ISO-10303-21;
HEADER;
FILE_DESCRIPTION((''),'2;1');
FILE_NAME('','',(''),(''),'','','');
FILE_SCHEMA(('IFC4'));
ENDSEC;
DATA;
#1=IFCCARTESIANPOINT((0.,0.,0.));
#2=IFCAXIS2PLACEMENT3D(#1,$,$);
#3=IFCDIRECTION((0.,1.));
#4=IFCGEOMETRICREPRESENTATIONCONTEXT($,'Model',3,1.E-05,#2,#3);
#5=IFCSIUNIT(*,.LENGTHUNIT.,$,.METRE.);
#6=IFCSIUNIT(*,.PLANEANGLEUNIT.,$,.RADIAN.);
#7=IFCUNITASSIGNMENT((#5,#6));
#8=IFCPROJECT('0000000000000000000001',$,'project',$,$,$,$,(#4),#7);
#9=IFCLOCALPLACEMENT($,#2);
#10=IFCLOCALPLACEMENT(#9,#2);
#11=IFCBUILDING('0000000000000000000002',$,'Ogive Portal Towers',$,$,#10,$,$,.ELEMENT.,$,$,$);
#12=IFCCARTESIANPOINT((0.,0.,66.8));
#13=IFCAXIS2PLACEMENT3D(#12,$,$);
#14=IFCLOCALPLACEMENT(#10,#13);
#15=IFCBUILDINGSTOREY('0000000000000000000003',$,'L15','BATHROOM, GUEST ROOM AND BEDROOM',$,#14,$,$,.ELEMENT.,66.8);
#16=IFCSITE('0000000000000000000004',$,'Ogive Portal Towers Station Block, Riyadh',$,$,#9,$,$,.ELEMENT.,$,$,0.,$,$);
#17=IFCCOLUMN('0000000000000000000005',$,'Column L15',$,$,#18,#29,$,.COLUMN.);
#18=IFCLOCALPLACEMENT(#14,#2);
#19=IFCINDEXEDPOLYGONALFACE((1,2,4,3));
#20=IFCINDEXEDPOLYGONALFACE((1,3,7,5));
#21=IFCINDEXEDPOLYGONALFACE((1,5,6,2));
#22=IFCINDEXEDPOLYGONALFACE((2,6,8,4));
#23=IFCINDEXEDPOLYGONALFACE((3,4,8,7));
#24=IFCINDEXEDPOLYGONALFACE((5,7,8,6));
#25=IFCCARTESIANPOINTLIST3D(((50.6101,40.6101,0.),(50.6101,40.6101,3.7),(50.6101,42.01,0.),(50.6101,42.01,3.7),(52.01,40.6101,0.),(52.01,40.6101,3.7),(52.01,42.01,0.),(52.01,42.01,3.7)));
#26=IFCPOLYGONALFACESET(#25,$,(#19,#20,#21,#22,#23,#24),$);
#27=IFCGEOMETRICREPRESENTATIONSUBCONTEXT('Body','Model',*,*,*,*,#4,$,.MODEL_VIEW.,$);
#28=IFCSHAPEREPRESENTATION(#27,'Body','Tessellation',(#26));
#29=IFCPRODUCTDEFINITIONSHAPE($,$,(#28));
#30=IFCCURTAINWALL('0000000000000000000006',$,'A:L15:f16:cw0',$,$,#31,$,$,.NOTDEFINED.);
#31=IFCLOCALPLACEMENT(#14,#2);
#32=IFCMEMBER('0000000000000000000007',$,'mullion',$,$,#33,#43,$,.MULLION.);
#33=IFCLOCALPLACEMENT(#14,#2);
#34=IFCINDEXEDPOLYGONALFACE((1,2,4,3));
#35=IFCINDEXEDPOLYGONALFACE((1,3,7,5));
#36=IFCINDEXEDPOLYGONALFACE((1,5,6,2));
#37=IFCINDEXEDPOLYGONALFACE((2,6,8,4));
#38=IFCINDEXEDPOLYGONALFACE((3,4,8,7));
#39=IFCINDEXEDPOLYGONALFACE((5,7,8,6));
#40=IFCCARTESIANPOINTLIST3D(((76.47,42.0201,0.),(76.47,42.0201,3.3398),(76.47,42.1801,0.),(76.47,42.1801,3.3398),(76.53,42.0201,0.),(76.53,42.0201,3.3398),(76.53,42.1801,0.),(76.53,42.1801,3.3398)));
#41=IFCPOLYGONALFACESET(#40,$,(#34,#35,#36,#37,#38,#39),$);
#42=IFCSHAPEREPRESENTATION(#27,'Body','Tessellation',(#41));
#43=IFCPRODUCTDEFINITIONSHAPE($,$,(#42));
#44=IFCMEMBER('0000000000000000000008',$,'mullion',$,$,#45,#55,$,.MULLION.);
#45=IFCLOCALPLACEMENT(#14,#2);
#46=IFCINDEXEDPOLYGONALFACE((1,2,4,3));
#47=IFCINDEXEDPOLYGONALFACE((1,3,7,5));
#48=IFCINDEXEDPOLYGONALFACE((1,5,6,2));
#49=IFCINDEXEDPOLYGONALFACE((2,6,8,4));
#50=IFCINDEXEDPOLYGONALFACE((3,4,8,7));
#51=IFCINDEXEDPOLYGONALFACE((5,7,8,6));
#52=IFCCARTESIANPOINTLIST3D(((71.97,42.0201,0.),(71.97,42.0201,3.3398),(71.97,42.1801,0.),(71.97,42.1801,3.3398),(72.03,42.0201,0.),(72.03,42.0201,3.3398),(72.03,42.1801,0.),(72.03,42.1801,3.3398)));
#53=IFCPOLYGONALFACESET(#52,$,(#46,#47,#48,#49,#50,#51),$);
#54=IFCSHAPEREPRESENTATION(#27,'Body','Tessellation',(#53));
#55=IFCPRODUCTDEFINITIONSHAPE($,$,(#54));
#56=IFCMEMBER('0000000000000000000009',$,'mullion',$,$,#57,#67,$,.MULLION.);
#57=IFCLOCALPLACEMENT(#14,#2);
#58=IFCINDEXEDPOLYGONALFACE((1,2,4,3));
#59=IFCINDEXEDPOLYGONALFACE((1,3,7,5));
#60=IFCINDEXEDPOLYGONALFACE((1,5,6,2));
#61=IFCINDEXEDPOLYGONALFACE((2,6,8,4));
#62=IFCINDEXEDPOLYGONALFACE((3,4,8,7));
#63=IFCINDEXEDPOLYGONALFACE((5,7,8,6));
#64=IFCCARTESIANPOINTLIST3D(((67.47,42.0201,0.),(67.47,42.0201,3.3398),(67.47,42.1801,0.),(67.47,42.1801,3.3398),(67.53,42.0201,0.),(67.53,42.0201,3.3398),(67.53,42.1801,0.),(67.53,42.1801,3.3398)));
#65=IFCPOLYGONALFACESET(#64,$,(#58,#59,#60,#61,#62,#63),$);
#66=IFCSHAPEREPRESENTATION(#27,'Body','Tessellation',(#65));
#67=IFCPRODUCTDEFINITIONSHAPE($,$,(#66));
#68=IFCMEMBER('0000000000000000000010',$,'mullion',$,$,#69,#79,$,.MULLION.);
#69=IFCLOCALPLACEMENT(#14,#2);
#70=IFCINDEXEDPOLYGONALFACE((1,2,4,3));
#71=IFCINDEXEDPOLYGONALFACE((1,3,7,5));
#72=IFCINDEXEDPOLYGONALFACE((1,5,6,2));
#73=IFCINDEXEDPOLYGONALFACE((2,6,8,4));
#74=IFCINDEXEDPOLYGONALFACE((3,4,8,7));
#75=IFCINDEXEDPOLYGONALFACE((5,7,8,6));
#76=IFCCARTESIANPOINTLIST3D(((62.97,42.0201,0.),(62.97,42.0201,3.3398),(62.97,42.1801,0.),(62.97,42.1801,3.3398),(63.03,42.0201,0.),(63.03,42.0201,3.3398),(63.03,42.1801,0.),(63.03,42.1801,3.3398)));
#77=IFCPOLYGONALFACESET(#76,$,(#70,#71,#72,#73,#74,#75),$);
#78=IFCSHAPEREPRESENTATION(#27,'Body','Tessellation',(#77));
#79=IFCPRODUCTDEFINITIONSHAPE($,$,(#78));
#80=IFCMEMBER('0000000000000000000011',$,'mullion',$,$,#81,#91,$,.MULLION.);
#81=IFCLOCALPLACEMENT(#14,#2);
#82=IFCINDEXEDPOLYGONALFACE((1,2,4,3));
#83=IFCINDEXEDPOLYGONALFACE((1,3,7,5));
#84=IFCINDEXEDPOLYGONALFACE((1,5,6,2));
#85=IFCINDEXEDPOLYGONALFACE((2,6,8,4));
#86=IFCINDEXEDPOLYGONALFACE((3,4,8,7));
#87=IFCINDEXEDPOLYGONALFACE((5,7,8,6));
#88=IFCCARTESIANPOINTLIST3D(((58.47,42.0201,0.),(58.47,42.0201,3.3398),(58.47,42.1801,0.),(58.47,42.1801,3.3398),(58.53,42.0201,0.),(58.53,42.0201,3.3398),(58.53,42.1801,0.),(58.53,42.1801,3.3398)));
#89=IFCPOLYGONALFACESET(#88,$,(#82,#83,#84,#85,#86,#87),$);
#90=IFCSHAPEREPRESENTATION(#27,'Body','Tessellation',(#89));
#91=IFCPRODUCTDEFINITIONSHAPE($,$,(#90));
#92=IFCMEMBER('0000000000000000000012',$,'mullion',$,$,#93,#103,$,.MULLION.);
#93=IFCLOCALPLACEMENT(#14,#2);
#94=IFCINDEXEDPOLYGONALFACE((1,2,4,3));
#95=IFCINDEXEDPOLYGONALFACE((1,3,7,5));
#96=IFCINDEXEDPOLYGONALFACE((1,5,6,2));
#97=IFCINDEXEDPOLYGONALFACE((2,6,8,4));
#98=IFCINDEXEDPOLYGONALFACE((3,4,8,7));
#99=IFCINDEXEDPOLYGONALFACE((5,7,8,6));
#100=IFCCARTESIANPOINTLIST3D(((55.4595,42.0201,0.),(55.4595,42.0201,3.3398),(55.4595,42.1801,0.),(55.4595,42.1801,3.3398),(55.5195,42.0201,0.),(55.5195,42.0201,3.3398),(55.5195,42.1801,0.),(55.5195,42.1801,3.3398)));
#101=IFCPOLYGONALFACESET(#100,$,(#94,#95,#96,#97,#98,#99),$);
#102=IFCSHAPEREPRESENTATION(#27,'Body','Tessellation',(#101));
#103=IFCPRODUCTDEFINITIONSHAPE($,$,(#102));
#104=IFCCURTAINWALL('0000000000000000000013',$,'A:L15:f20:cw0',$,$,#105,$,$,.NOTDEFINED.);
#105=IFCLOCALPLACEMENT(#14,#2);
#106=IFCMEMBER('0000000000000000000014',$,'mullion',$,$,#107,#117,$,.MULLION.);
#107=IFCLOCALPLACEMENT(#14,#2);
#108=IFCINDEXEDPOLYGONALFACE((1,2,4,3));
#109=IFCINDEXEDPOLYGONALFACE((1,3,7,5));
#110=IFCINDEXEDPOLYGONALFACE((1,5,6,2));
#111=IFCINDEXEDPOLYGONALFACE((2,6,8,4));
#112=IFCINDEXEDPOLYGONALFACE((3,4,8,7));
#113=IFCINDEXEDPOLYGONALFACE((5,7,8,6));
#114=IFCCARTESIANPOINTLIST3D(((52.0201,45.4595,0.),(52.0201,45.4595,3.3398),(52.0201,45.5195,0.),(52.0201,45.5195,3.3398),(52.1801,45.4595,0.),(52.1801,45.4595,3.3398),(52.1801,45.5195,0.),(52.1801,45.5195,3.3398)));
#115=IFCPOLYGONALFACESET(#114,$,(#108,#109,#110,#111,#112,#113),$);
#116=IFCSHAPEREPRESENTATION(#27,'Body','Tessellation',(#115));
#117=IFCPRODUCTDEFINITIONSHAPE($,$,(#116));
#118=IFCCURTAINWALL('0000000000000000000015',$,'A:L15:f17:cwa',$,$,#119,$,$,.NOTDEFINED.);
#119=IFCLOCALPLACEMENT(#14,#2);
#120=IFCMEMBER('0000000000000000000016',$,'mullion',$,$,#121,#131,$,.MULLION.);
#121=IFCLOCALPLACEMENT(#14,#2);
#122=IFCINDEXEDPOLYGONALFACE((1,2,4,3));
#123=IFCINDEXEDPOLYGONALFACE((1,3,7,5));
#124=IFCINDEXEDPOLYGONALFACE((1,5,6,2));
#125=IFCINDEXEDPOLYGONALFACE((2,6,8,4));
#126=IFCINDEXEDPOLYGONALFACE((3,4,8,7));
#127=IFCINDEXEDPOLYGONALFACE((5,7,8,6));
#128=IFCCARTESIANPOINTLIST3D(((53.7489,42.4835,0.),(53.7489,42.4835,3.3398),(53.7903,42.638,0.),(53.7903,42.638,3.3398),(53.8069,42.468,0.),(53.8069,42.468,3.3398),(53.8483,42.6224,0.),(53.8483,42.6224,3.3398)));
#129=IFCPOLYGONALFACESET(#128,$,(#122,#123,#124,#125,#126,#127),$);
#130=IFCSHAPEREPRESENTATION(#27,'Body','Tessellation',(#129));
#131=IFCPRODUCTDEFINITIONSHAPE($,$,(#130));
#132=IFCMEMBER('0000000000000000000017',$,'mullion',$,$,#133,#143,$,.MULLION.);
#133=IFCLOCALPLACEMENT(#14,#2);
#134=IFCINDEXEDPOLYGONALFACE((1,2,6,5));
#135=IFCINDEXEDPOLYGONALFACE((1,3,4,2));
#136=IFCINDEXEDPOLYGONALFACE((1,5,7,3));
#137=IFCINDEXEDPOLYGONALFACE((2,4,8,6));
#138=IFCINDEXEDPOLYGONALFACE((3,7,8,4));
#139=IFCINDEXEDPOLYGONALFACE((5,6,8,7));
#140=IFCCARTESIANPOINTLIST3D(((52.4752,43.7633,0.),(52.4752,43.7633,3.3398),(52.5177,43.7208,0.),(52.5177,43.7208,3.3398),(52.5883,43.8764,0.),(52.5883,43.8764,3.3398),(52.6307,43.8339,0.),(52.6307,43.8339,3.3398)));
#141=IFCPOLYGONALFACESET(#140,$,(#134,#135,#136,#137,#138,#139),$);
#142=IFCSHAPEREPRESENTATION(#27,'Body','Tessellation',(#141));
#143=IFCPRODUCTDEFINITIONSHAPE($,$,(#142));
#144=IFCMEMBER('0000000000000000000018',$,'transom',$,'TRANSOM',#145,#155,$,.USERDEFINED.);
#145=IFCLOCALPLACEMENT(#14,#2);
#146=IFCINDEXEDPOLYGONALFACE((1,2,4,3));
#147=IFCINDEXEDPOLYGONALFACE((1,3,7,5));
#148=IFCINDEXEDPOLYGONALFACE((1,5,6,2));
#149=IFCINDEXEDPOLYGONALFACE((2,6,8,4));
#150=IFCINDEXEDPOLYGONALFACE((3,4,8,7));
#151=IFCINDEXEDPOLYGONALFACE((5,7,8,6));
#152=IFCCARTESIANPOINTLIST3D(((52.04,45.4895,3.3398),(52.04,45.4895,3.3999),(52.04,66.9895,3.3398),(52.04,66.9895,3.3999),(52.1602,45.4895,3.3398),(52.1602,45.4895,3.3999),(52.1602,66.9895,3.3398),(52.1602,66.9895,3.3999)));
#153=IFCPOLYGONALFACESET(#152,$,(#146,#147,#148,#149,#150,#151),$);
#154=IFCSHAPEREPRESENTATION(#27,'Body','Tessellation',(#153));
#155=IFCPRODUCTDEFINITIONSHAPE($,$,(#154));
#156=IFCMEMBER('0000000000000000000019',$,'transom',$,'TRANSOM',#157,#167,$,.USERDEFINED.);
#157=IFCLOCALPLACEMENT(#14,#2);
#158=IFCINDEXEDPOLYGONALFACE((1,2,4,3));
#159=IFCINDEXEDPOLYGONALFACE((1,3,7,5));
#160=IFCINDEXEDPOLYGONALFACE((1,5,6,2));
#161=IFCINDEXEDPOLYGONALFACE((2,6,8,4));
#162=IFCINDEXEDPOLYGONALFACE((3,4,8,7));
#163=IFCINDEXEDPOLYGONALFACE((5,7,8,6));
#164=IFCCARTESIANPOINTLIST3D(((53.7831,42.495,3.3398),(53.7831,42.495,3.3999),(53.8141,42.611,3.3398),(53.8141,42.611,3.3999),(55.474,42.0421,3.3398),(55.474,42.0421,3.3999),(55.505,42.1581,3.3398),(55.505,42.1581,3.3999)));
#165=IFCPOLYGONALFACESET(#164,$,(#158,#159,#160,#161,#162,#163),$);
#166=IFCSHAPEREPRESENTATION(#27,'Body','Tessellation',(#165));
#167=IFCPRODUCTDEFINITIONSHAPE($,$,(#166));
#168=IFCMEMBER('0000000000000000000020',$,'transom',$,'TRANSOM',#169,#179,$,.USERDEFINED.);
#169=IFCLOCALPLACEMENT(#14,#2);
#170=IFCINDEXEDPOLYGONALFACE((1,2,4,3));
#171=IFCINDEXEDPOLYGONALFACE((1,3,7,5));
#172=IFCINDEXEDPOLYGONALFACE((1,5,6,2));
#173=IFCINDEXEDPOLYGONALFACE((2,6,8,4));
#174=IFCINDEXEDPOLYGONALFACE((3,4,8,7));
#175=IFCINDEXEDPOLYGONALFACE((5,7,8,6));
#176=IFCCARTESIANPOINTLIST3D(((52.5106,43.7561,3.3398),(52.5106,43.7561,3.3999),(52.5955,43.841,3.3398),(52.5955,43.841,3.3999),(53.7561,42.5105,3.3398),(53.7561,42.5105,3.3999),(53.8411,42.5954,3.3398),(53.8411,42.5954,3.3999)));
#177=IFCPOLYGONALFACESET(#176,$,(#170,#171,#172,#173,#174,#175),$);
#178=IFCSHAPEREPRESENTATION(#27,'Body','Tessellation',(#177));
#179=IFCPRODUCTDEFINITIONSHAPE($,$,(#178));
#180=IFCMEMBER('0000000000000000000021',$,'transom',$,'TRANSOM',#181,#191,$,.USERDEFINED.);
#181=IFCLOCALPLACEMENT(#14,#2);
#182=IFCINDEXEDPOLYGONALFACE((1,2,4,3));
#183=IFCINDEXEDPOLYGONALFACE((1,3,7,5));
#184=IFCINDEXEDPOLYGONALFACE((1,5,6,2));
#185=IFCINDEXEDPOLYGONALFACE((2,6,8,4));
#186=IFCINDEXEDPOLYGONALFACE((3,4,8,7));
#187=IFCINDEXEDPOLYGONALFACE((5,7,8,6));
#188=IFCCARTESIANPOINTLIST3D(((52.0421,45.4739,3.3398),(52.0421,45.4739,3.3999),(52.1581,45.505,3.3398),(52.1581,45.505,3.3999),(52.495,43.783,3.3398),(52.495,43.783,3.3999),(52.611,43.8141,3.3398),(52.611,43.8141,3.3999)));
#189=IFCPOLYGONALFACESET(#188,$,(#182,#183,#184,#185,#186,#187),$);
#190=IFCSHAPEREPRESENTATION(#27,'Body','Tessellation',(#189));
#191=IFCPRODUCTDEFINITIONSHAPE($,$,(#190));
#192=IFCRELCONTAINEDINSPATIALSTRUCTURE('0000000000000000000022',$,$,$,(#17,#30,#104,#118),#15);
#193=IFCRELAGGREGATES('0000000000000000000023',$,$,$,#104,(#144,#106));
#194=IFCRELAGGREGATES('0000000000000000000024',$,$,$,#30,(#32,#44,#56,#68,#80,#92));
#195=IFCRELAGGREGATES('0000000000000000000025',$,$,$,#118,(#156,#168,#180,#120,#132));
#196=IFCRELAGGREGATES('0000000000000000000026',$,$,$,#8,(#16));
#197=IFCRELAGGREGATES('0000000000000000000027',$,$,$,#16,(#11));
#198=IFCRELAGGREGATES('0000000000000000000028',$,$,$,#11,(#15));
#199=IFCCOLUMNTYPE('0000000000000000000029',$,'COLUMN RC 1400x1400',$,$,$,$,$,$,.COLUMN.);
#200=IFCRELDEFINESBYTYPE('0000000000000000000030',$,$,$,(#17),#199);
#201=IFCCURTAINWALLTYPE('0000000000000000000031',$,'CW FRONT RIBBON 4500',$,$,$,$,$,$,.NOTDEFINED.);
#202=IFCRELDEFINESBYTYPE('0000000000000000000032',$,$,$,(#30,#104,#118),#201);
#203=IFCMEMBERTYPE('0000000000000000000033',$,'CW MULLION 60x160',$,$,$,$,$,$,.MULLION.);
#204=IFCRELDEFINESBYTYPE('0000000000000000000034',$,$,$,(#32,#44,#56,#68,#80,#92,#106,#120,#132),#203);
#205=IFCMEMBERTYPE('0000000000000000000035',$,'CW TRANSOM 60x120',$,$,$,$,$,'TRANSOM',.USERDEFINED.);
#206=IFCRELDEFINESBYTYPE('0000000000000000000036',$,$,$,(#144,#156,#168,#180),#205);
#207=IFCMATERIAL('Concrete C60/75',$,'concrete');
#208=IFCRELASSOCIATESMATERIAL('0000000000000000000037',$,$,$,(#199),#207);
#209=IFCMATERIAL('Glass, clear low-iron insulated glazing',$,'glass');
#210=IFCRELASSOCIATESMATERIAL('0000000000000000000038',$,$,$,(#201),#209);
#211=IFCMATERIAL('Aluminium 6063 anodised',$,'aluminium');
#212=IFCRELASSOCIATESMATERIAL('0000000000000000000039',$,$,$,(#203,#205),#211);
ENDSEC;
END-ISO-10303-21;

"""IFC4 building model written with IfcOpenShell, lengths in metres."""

from ifc_helpers import new_model, si_unit, direction, frame, origin, origin_2d, place, context, subcontext, project, spatial, rectangle, extrude, material, material_profile, profile_set, type_object, element, aggregate, save


model = new_model("IFC4")

# Units and contexts
model_context = context("Model", 3, precision=1e-05, world=origin(), true_north=direction((0.0, 1.0)))
body_context = subcontext(model_context, "Body", "Model", "MODEL_VIEW")
ifc_project = project(units=[si_unit("LENGTHUNIT", "METRE"), si_unit("PLANEANGLEUNIT", "RADIAN")], contexts=[model_context])

# Site, building, storey
site_placement = place(None, origin())
site = spatial("IfcSite", under=ifc_project, at=site_placement, Name="Ogive Portal Towers Station Block, Riyadh", CompositionType="ELEMENT", RefElevation=0.0)
building_placement = place(site_placement, origin())
building = spatial("IfcBuilding", under=site, at=building_placement, Name="Ogive Portal Towers", CompositionType="ELEMENT")
storey_placement = place(building_placement, frame((0.0, 0.0, 66.8)))
storey = spatial("IfcBuildingStorey", under=building, at=storey_placement, Name="L15", Description="BATHROOM, GUEST ROOM AND BEDROOM", CompositionType="ELEMENT", Elevation=66.8)

# Column
ifc_material_1 = material(Name="Concrete C60/75", Category="concrete")
ifc_material_profile_1 = material_profile(ifc_material_1, rectangle(XDim=1.3999, YDim=1.3999, at=origin_2d()), Name="RC 1400x1400")
ifc_profile_set_1 = profile_set([ifc_material_profile_1], Name="Concrete C60/75")
column_type = type_object("IfcColumnType", Name="COLUMN RC 1400x1400", PredefinedType="COLUMN", material=ifc_profile_set_1)
column_placement = place(storey_placement, frame((51.3101, 41.3101, 0.0), z_axis=(0.0, 0.0, 1.0), x_axis=(1.0, 0.0, 0.0)))
element("IfcColumn", 1, at=column_placement, inside=storey, type_object=column_type, Name="Column L15", PredefinedType="COLUMN", context=body_context, shape_type="SweptSolid", body=[
    extrude(rectangle(XDim=1.3999, YDim=1.3999, at=origin_2d()), origin(), (0.0, 0.0, 1.0), 3.7),
])

# Curtain wall, members
ifc_material_2 = material(Name="Glass, clear low-iron insulated glazing", Category="glass")
curtain_wall_type = type_object("IfcCurtainWallType", Name="CW FRONT RIBBON 4500", PredefinedType="NOTDEFINED", material=ifc_material_2)
curtain_wall_1_placement = place(storey_placement, origin())
curtain_wall_1 = element("IfcCurtainWall", 2, at=curtain_wall_1_placement, inside=storey, type_object=curtain_wall_type, Name="A:L15:f16:cw0", PredefinedType="NOTDEFINED")
ifc_material_3 = material(Name="Aluminium 6063 anodised", Category="aluminium")
ifc_material_profile_2 = material_profile(ifc_material_3, rectangle(XDim=0.1599, YDim=0.0601, at=origin_2d()), Name="AL 60x160")
ifc_profile_set_2 = profile_set([ifc_material_profile_2], Name="Aluminium 6063 anodised")
member_type_1 = type_object("IfcMemberType", Name="CW MULLION 60x160", PredefinedType="MULLION", material=ifc_profile_set_2)
member_1_placement = place(storey_placement, frame((76.5, 42.1001, 0.0), z_axis=(0.0, 0.0, 1.0), x_axis=(0.0, -1.0, 0.0)))
member_1 = element("IfcMember", 3, at=member_1_placement, type_object=member_type_1, Name="mullion", PredefinedType="MULLION", context=body_context, shape_type="SweptSolid", body=[
    extrude(rectangle(XDim=0.1599, YDim=0.0601, at=origin_2d()), origin(), (0.0, 0.0, 1.0), 3.3398),
])
member_2_placement = place(storey_placement, frame((72.0, 42.1001, 0.0), z_axis=(0.0, 0.0, 1.0), x_axis=(0.0, -1.0, 0.0)))
member_2 = element("IfcMember", 4, at=member_2_placement, type_object=member_type_1, Name="mullion", PredefinedType="MULLION", context=body_context, shape_type="SweptSolid", body=[
    extrude(rectangle(XDim=0.1599, YDim=0.0601, at=origin_2d()), origin(), (0.0, 0.0, 1.0), 3.3398),
])
member_3_placement = place(storey_placement, frame((67.5, 42.1001, 0.0), z_axis=(0.0, 0.0, 1.0), x_axis=(0.0, -1.0, 0.0)))
member_3 = element("IfcMember", 5, at=member_3_placement, type_object=member_type_1, Name="mullion", PredefinedType="MULLION", context=body_context, shape_type="SweptSolid", body=[
    extrude(rectangle(XDim=0.1599, YDim=0.0601, at=origin_2d()), origin(), (0.0, 0.0, 1.0), 3.3398),
])
member_4_placement = place(storey_placement, frame((63.0, 42.1001, 0.0), z_axis=(0.0, 0.0, 1.0), x_axis=(0.0, -1.0, 0.0)))
member_4 = element("IfcMember", 6, at=member_4_placement, type_object=member_type_1, Name="mullion", PredefinedType="MULLION", context=body_context, shape_type="SweptSolid", body=[
    extrude(rectangle(XDim=0.1599, YDim=0.0601, at=origin_2d()), origin(), (0.0, 0.0, 1.0), 3.3398),
])
member_5_placement = place(storey_placement, frame((58.5, 42.1001, 0.0), z_axis=(0.0, 0.0, 1.0), x_axis=(0.0, -1.0, 0.0)))
member_5 = element("IfcMember", 7, at=member_5_placement, type_object=member_type_1, Name="mullion", PredefinedType="MULLION", context=body_context, shape_type="SweptSolid", body=[
    extrude(rectangle(XDim=0.1599, YDim=0.0601, at=origin_2d()), origin(), (0.0, 0.0, 1.0), 3.3398),
])
member_6_placement = place(storey_placement, frame((55.4895, 42.1001, 0.0), z_axis=(0.0, 0.0, 1.0), x_axis=(0.0, -1.0, 0.0)))
member_6 = element("IfcMember", 8, at=member_6_placement, type_object=member_type_1, Name="mullion", PredefinedType="MULLION", context=body_context, shape_type="SweptSolid", body=[
    extrude(rectangle(XDim=0.1599, YDim=0.0601, at=origin_2d()), origin(), (0.0, 0.0, 1.0), 3.3398),
])

# Curtain wall, member
curtain_wall_2_placement = place(storey_placement, origin())
curtain_wall_2 = element("IfcCurtainWall", 9, at=curtain_wall_2_placement, inside=storey, type_object=curtain_wall_type, Name="A:L15:f20:cw0", PredefinedType="NOTDEFINED")
member_7_placement = place(storey_placement, frame((52.1001, 45.4895, 0.0), z_axis=(0.0, 0.0, 1.0), x_axis=(-1.0, 0.0, 0.0)))
member_7 = element("IfcMember", 10, at=member_7_placement, type_object=member_type_1, Name="mullion", PredefinedType="MULLION", context=body_context, shape_type="SweptSolid", body=[
    extrude(rectangle(XDim=0.1599, YDim=0.0601, at=origin_2d()), origin(), (0.0, 0.0, 1.0), 3.3398),
])

# Curtain wall, members
curtain_wall_3_placement = place(storey_placement, origin())
curtain_wall_3 = element("IfcCurtainWall", 11, at=curtain_wall_3_placement, inside=storey, type_object=curtain_wall_type, Name="A:L15:f17:cwa", PredefinedType="NOTDEFINED")
member_8_placement = place(storey_placement, frame((53.7986, 42.553, 0.0), z_axis=(0.0, 0.0, 1.0), x_axis=(-0.258819, -0.965926, 0.0)))
member_8 = element("IfcMember", 12, at=member_8_placement, type_object=member_type_1, Name="mullion", PredefinedType="MULLION", context=body_context, shape_type="SweptSolid", body=[
    extrude(rectangle(XDim=0.1599, YDim=0.0601, at=origin_2d()), origin(), (0.0, 0.0, 1.0), 3.3398),
])
member_9_placement = place(storey_placement, frame((52.553, 43.7986, 0.0), z_axis=(0.0, 0.0, 1.0), x_axis=(-0.707107, -0.707107, 0.0)))
member_9 = element("IfcMember", 13, at=member_9_placement, type_object=member_type_1, Name="mullion", PredefinedType="MULLION", context=body_context, shape_type="SweptSolid", body=[
    extrude(rectangle(XDim=0.1599, YDim=0.0601, at=origin_2d()), origin(), (0.0, 0.0, 1.0), 3.3398),
])

# Members
ifc_material_profile_3 = material_profile(ifc_material_3, rectangle(XDim=0.1201, YDim=0.0601, at=origin_2d()), Name="AL 120x60")
ifc_profile_set_3 = profile_set([ifc_material_profile_3], Name="Aluminium 6063 anodised")
member_type_2 = type_object("IfcMemberType", Name="CW TRANSOM 60x120", ElementType="TRANSOM", PredefinedType="USERDEFINED", material=ifc_profile_set_3)
member_10_placement = place(storey_placement, frame((52.1001, 45.4895, 3.3699), z_axis=(0.0, 1.0, 0.0), x_axis=(-1.0, 0.0, 0.0)))
member_10 = element("IfcMember", 14, at=member_10_placement, type_object=member_type_2, Name="transom", ObjectType="TRANSOM", PredefinedType="USERDEFINED", context=body_context, shape_type="SweptSolid", body=[
    extrude(rectangle(XDim=0.1201, YDim=0.0601, at=origin_2d()), origin(), (0.0, 0.0, 1.0), 21.5),
])
aggregate(curtain_wall_2, [member_10, member_7])
member_11_placement = place(storey_placement, frame((55.4895, 42.1001, 3.3699), z_axis=(-0.965954, 0.258713, 0.0), x_axis=(-0.258713, -0.965954, 0.0)))
member_11 = element("IfcMember", 15, at=member_11_placement, type_object=member_type_2, Name="transom", ObjectType="TRANSOM", PredefinedType="USERDEFINED", context=body_context, shape_type="SweptSolid", body=[
    extrude(rectangle(XDim=0.1201, YDim=0.0601, at=origin_2d()), origin(), (0.0, 0.0, 1.0), 1.7505),
])
member_12_placement = place(storey_placement, frame((53.7986, 42.553, 3.3699), z_axis=(-0.707107, 0.707107, 0.0), x_axis=(-0.707107, -0.707107, 0.0)))
member_12 = element("IfcMember", 16, at=member_12_placement, type_object=member_type_2, Name="transom", ObjectType="TRANSOM", PredefinedType="USERDEFINED", context=body_context, shape_type="SweptSolid", body=[
    extrude(rectangle(XDim=0.1201, YDim=0.0601, at=origin_2d()), origin(), (0.0, 0.0, 1.0), 1.7615),
])
member_13_placement = place(storey_placement, frame((52.553, 43.7986, 3.3699), z_axis=(-0.258713, 0.965954, 0.0), x_axis=(-0.965954, -0.258713, 0.0)))
member_13 = element("IfcMember", 17, at=member_13_placement, type_object=member_type_2, Name="transom", ObjectType="TRANSOM", PredefinedType="USERDEFINED", context=body_context, shape_type="SweptSolid", body=[
    extrude(rectangle(XDim=0.1201, YDim=0.0601, at=origin_2d()), origin(), (0.0, 0.0, 1.0), 1.7505),
])

aggregate(curtain_wall_1, [member_1, member_2, member_3, member_4, member_5, member_6])
aggregate(curtain_wall_3, [member_11, member_12, member_13, member_8, member_9])

save(model, "model.ifc")
